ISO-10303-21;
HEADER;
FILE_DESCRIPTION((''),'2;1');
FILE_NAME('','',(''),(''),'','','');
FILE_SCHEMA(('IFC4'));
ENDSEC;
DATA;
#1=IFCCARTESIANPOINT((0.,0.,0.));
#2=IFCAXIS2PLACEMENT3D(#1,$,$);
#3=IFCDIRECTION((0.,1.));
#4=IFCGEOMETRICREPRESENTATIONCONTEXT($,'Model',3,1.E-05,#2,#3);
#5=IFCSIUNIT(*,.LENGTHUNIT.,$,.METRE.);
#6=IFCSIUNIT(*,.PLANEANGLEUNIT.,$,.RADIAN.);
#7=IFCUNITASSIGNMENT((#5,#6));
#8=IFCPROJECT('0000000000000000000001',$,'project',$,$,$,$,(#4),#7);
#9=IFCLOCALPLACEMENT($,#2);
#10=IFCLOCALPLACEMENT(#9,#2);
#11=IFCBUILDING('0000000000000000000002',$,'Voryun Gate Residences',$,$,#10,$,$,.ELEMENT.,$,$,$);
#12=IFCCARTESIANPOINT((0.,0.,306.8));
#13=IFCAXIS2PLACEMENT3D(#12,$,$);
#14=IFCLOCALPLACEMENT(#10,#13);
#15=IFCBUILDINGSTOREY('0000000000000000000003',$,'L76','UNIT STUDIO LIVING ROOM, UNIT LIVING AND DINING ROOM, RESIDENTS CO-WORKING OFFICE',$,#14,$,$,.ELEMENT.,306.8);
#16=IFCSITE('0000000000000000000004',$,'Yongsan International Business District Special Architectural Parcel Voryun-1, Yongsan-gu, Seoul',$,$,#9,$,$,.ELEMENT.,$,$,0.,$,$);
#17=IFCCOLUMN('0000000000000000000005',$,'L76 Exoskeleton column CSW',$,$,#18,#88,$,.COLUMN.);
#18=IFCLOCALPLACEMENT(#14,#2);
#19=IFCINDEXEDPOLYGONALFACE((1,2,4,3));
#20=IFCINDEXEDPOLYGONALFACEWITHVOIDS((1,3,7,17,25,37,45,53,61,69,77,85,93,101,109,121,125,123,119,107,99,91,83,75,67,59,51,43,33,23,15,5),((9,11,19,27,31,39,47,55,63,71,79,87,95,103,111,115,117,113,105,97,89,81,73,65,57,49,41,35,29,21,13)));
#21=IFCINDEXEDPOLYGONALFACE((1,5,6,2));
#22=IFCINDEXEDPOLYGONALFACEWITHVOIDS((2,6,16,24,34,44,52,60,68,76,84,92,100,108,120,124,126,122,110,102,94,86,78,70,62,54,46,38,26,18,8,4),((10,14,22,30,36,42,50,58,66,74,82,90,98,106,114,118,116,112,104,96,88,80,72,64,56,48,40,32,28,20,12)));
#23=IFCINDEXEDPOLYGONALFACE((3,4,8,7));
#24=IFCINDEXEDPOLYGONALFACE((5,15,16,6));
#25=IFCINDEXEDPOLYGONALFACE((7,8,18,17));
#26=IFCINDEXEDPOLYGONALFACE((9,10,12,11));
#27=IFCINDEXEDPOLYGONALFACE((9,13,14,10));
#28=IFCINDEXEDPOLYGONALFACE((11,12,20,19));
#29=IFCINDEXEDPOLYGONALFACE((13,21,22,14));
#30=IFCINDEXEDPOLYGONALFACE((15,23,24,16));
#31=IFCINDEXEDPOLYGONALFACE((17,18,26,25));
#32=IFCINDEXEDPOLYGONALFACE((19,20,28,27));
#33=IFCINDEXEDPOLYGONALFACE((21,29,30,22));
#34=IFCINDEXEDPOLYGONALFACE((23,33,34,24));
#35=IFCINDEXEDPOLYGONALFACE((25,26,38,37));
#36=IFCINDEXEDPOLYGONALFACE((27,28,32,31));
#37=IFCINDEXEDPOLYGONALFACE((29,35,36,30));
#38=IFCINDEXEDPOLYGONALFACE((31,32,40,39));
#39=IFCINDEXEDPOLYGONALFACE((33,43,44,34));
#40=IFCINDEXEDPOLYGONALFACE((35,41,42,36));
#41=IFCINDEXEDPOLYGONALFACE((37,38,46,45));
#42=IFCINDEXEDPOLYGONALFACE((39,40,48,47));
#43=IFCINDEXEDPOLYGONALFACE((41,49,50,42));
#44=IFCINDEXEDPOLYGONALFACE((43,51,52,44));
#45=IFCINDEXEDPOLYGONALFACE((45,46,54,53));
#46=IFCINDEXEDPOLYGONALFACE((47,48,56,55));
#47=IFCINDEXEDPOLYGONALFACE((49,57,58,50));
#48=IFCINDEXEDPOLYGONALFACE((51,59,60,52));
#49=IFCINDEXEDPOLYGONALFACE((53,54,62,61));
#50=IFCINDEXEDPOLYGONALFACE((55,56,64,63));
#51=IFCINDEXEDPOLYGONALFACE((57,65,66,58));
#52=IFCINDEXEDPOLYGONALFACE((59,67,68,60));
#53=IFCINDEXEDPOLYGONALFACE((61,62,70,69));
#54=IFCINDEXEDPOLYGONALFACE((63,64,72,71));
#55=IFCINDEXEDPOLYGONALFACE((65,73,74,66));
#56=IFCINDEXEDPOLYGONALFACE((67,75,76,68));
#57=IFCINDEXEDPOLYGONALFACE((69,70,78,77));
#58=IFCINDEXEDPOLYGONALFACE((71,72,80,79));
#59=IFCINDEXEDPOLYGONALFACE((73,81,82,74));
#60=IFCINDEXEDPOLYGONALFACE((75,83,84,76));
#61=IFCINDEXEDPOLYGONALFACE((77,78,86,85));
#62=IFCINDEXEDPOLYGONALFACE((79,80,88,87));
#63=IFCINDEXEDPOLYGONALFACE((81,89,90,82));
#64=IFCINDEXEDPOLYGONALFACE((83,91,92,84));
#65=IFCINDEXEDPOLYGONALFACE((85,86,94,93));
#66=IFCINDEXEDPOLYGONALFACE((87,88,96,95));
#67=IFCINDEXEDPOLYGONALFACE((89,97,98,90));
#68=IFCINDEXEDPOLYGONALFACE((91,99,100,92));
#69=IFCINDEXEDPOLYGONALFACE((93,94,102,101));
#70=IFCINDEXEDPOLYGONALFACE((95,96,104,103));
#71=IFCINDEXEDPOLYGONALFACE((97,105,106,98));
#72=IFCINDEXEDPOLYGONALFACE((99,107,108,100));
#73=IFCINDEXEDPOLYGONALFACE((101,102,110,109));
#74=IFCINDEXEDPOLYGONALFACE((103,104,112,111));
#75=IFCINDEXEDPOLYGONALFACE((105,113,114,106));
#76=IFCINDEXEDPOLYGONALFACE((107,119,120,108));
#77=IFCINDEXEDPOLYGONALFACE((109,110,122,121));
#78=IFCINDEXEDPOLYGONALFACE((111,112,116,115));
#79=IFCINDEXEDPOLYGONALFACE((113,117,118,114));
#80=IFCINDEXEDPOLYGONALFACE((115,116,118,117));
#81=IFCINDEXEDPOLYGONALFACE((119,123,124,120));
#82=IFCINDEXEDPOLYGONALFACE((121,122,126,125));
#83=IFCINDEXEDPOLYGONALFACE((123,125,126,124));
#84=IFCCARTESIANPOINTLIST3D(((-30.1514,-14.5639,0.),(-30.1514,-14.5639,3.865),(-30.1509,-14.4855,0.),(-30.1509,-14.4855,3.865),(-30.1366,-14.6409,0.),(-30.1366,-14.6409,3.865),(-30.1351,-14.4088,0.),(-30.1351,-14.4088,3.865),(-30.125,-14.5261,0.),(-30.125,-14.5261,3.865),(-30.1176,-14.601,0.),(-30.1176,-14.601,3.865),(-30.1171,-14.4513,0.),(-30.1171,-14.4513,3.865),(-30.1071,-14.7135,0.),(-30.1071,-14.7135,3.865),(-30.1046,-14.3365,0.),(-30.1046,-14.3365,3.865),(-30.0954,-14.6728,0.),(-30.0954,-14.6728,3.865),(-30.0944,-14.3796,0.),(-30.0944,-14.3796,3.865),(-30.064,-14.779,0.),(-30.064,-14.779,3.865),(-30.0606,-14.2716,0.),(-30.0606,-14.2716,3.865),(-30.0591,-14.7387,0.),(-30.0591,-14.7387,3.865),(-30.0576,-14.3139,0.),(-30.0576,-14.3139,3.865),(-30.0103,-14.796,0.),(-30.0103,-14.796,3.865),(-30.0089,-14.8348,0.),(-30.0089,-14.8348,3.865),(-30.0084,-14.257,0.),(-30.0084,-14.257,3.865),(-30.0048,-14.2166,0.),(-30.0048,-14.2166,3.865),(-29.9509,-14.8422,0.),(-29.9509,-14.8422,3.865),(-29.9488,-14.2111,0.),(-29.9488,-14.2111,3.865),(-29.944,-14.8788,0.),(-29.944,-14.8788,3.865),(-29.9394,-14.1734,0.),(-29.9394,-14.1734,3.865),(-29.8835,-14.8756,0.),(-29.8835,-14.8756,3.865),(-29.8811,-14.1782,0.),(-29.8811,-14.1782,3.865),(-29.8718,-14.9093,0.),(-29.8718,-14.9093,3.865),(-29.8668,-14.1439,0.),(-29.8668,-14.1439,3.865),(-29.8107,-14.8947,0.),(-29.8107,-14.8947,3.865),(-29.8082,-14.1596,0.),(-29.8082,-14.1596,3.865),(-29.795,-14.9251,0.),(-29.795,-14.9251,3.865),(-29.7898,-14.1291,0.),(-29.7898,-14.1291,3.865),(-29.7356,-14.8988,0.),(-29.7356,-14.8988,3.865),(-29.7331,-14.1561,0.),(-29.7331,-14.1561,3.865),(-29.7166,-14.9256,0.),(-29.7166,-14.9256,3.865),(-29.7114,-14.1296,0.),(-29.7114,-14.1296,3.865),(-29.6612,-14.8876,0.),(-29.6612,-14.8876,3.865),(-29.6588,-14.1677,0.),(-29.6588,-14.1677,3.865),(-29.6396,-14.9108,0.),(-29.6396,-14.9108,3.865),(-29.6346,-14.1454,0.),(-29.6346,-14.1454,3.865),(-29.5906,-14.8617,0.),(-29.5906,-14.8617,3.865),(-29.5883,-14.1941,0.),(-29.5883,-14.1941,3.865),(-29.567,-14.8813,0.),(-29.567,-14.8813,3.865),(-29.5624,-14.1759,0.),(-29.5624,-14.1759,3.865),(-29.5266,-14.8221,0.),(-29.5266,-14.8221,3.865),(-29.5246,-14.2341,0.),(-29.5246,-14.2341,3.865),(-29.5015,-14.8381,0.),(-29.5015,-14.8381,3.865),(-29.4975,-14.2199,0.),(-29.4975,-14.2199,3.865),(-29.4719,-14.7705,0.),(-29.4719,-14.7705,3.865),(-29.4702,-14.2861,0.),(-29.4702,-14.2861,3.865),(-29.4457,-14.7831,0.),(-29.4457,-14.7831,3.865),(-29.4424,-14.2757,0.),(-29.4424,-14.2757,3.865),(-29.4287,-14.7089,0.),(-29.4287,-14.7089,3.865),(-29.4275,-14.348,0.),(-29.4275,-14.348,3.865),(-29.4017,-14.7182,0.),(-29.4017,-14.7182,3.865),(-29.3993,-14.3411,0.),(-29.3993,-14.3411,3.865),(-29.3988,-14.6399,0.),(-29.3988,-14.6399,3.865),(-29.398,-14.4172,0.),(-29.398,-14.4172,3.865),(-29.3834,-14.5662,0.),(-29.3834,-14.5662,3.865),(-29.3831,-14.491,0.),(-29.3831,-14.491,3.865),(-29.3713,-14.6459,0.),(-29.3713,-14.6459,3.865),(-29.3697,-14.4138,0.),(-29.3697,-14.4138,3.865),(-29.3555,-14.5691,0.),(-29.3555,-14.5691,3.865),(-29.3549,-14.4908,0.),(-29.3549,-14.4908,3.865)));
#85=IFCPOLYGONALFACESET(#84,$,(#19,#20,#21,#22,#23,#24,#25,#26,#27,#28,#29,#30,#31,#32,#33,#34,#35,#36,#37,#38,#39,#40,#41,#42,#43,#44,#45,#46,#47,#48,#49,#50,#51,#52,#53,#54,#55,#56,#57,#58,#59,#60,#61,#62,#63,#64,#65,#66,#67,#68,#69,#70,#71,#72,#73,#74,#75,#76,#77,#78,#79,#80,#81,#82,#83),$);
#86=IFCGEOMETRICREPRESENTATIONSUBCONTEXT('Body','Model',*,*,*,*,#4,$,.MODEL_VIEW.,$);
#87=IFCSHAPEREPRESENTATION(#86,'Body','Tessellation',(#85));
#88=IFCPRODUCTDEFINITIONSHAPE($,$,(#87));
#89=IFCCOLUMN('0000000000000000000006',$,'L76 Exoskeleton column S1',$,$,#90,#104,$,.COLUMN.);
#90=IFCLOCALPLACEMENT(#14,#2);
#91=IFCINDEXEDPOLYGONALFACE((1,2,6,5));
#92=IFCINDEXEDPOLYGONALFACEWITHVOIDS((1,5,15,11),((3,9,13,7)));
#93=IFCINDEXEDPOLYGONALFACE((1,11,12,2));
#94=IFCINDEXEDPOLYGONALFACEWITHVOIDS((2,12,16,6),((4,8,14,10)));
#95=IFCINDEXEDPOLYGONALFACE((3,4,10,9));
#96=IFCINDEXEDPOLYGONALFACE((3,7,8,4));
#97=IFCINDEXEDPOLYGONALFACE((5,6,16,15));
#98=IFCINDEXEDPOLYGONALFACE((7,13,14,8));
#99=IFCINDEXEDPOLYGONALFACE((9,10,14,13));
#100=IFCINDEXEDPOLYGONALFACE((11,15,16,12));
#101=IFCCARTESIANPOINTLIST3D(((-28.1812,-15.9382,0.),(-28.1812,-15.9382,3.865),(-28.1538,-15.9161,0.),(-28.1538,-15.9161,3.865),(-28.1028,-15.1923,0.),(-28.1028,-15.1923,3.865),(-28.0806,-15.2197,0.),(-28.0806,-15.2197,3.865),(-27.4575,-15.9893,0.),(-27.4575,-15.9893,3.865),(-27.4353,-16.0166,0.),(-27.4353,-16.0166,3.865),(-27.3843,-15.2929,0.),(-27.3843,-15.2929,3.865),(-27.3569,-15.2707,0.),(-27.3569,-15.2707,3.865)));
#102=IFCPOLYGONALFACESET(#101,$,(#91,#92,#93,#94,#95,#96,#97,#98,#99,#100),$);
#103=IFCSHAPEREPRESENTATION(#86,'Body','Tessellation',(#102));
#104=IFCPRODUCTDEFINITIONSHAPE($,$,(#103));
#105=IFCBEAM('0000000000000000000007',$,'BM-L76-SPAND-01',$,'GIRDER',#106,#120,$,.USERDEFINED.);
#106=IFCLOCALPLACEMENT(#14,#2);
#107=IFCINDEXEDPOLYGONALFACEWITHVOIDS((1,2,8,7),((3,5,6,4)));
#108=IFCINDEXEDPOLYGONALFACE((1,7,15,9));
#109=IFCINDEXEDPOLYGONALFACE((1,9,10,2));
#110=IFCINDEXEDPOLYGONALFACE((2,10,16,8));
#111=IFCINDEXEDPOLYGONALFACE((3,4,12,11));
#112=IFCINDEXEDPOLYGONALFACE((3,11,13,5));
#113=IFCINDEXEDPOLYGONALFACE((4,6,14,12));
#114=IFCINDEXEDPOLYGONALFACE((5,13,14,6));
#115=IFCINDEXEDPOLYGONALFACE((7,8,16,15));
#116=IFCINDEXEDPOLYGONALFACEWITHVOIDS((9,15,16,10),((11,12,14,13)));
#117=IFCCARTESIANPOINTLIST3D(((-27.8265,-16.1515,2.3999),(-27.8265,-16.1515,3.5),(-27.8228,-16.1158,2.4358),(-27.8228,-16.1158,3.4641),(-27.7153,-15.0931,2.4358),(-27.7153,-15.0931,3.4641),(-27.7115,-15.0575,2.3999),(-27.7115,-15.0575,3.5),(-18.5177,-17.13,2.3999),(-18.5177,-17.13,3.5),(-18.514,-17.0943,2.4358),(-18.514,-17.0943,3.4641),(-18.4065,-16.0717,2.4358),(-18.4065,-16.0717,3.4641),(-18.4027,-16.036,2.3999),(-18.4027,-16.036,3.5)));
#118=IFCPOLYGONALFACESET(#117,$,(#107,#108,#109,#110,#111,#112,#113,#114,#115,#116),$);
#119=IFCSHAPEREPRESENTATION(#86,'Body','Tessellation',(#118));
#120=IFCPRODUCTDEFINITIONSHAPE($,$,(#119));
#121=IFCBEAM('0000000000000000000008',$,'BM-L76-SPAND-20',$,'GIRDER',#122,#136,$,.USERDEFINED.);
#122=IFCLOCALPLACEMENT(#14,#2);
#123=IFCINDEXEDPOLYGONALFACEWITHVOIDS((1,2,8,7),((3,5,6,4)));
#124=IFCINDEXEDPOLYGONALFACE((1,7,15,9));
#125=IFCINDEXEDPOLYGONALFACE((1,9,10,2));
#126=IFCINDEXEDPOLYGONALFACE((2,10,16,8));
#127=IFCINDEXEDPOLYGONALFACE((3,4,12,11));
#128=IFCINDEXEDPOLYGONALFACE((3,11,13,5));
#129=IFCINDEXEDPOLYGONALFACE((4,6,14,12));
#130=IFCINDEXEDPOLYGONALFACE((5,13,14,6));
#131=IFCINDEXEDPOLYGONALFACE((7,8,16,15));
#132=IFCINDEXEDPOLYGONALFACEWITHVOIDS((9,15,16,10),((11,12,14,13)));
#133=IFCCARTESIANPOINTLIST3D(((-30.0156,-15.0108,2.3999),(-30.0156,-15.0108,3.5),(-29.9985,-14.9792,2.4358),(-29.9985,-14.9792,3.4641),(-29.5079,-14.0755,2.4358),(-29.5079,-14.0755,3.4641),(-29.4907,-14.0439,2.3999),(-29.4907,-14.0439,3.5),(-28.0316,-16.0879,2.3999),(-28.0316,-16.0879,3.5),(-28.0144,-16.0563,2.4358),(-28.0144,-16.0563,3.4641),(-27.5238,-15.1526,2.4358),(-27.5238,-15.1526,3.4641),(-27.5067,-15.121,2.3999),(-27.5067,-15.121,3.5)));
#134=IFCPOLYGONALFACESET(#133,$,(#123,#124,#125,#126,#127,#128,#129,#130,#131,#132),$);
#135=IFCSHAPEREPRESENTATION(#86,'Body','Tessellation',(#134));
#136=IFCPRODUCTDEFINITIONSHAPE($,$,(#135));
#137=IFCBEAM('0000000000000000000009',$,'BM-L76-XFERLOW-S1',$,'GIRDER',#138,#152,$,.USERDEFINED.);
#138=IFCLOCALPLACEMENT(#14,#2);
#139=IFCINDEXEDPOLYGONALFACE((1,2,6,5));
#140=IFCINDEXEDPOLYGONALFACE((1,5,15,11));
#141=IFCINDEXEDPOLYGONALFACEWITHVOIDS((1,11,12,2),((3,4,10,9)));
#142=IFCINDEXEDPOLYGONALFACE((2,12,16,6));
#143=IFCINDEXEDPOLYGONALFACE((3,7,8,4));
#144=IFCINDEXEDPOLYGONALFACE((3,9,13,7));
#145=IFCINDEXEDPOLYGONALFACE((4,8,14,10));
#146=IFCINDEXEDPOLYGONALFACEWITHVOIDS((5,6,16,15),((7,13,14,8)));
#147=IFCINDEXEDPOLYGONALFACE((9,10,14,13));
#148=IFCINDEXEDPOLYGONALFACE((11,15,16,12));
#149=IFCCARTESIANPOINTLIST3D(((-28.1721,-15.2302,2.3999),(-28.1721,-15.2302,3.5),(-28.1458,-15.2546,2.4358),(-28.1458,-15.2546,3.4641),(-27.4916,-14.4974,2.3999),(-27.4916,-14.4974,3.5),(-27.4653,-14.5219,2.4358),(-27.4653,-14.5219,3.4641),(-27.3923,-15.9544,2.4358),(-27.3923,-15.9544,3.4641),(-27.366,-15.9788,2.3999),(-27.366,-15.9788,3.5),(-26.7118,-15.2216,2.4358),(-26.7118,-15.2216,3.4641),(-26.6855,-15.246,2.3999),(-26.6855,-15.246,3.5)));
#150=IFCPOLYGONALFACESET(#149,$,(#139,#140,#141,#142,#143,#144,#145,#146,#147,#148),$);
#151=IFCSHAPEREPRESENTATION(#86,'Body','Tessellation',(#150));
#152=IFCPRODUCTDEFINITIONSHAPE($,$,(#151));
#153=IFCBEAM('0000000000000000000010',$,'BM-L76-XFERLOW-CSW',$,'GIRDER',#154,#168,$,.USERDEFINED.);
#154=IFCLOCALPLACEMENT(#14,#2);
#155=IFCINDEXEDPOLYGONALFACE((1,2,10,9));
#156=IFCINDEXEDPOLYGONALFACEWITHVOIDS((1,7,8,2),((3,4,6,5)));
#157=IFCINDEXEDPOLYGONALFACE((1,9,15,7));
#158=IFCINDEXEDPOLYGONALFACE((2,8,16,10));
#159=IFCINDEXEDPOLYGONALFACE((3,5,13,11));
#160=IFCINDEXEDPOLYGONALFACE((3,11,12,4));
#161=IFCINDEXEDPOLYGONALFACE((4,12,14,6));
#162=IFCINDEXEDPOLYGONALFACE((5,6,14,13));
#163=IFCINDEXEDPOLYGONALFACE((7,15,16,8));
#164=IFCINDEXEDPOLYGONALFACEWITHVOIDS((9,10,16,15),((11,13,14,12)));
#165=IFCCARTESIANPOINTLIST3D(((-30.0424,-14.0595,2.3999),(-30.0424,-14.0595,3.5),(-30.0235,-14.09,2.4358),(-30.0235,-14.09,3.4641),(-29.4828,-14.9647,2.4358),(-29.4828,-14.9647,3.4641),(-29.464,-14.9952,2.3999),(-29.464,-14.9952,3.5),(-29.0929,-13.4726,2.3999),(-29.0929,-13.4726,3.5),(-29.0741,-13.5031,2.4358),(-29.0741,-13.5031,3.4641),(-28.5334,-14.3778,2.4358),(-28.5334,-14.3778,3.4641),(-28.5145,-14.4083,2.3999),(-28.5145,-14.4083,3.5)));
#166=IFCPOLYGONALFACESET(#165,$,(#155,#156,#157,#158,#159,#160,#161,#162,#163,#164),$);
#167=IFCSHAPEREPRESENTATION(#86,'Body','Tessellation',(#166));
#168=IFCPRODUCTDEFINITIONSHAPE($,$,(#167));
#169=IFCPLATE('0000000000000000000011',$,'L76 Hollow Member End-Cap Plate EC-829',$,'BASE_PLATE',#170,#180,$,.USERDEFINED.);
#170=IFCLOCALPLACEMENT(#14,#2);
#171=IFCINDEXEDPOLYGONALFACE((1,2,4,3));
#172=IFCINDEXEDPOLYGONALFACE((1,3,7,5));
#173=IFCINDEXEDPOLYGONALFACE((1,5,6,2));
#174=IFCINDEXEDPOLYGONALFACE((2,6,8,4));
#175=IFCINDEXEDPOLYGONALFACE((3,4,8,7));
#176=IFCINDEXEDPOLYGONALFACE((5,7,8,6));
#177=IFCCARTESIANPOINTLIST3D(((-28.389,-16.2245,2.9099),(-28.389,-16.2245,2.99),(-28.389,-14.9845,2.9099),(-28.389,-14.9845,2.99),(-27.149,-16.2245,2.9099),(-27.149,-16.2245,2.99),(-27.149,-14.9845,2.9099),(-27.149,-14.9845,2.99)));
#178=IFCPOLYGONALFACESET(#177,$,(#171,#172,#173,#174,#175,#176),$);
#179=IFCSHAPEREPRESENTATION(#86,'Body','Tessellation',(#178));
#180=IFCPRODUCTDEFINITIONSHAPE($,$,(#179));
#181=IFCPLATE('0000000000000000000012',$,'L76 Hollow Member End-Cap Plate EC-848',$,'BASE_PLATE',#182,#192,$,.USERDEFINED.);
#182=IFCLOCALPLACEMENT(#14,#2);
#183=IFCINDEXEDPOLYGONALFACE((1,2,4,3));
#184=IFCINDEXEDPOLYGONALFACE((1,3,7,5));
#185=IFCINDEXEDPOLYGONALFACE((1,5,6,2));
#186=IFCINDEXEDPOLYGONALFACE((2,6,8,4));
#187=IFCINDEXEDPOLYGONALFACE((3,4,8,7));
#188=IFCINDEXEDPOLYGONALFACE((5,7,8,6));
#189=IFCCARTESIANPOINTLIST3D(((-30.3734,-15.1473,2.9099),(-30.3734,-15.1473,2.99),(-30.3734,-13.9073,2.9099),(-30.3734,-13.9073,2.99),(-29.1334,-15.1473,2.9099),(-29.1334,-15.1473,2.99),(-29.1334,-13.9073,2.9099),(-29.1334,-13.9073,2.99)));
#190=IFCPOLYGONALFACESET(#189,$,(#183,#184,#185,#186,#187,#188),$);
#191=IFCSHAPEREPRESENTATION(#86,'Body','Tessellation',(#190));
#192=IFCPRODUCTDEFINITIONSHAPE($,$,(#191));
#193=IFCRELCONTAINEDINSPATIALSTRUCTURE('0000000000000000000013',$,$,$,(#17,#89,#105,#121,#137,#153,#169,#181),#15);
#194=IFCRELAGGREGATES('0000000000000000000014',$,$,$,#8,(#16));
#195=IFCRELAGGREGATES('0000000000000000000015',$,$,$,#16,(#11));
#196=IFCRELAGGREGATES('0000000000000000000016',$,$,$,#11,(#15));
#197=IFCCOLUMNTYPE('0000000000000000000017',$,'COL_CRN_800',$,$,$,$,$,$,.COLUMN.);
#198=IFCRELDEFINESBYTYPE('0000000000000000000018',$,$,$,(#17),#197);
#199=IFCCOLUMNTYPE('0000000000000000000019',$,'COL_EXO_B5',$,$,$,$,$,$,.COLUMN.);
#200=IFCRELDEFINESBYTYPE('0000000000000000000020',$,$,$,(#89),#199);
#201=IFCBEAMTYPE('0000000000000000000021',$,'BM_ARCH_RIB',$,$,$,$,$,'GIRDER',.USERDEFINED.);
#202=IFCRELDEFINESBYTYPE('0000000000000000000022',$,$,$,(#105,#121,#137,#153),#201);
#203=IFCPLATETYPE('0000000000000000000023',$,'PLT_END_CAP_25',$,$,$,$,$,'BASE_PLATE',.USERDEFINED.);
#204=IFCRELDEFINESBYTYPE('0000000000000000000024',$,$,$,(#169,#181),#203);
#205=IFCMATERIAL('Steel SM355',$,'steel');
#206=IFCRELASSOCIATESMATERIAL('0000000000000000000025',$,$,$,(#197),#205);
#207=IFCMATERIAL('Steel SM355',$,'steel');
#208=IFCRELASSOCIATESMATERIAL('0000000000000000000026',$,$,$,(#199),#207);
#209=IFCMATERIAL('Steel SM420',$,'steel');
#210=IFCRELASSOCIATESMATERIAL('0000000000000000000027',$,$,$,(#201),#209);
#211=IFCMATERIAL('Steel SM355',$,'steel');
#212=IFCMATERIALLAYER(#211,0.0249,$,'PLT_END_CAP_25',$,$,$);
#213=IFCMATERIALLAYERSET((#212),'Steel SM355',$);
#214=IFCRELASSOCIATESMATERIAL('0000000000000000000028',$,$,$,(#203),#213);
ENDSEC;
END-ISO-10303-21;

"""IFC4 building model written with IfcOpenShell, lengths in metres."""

from ifc_helpers import new_model, si_unit, direction, frame, origin, origin_2d, place, context, subcontext, project, spatial, rectangle, hollow_rectangle, hollow_circle, extrude, material, layer, layer_set, material_profile, profile_set, type_object, element, save


model = new_model("IFC4")

# Units and contexts
model_context = context("Model", 3, precision=1e-05, world=origin(), true_north=direction((0.0, 1.0)))
body_context = subcontext(model_context, "Body", "Model", "MODEL_VIEW")
ifc_project = project(units=[si_unit("LENGTHUNIT", "METRE"), si_unit("PLANEANGLEUNIT", "RADIAN")], contexts=[model_context])

# Site, building, storey
site_placement = place(None, origin())
site = spatial("IfcSite", under=ifc_project, at=site_placement, Name="Yongsan International Business District Special Architectural Parcel Voryun-1, Yongsan-gu, Seoul", CompositionType="ELEMENT", RefElevation=0.0)
building_placement = place(site_placement, origin())
building = spatial("IfcBuilding", under=site, at=building_placement, Name="Voryun Gate Residences", CompositionType="ELEMENT")
storey_placement = place(building_placement, frame((0.0, 0.0, 306.8)))
storey = spatial("IfcBuildingStorey", under=building, at=storey_placement, Name="L76", Description="UNIT STUDIO LIVING ROOM, UNIT LIVING AND DINING ROOM, RESIDENTS CO-WORKING OFFICE", CompositionType="ELEMENT", Elevation=306.8)

# Columns
ifc_material_1 = material(Name="Steel SM355", Category="steel")
ifc_material_profile_1 = material_profile(ifc_material_1, hollow_circle(Radius=0.3999, WallThickness=0.0281, at=origin_2d()), Name="CHS-800x28")
ifc_profile_set_1 = profile_set([ifc_material_profile_1], Name="Steel SM355")
column_type_1 = type_object("IfcColumnType", Name="COL_CRN_800", PredefinedType="COLUMN", material=ifc_profile_set_1)
column_1_placement = place(storey_placement, frame((-29.7532, -14.5273, 0.0), z_axis=(0.0, 0.0, 1.0), x_axis=(0.994522, -0.104528, 0.0)))
element("IfcColumn", 1, at=column_1_placement, inside=storey, type_object=column_type_1, Name="L76 Exoskeleton column CSW", PredefinedType="COLUMN", context=body_context, shape_type="SweptSolid", body=[
    extrude(hollow_circle(Radius=0.3999, WallThickness=0.0281, at=origin_2d()), origin(), (0.0, 0.0, 1.0), 3.865),
])
ifc_material_2 = material(Name="Steel SM355", Category="steel")
ifc_material_profile_2 = material_profile(ifc_material_2, hollow_rectangle(XDim=0.75, YDim=0.75, WallThickness=0.0249, at=origin_2d()), Name="BOX-750x750x25")
ifc_profile_set_2 = profile_set([ifc_material_profile_2], Name="Steel SM355")
column_type_2 = type_object("IfcColumnType", Name="COL_EXO_B5", PredefinedType="COLUMN", material=ifc_profile_set_2)
column_2_placement = place(storey_placement, frame((-27.769, -15.6045, 0.0), z_axis=(0.0, 0.0, 1.0), x_axis=(0.994522, -0.104528, 0.0)))
element("IfcColumn", 2, at=column_2_placement, inside=storey, type_object=column_type_2, Name="L76 Exoskeleton column S1", PredefinedType="COLUMN", context=body_context, shape_type="SweptSolid", body=[
    extrude(hollow_rectangle(XDim=0.75, YDim=0.75, WallThickness=0.0249, at=origin_2d()), origin(), (0.0, 0.0, 1.0), 3.865),
])

# Beams
ifc_material_3 = material(Name="Steel SM420", Category="steel")
ifc_material_profile_3 = material_profile(ifc_material_3, hollow_rectangle(XDim=1.1001, YDim=1.1001, WallThickness=0.0359, at=origin_2d()), Name="BOX-1100x1100x36")
ifc_profile_set_3 = profile_set([ifc_material_profile_3], Name="Steel SM420")
beam_type = type_object("IfcBeamType", Name="BM_ARCH_RIB", ElementType="GIRDER", PredefinedType="USERDEFINED", material=ifc_profile_set_3)
beam_1_placement = place(storey_placement, frame((-27.769, -15.6045, 2.95), z_axis=(0.994521, -0.104541, 0.0), x_axis=(0.104541, 0.994521, 0.0)))
element("IfcBeam", 3, at=beam_1_placement, inside=storey, type_object=beam_type, Name="BM-L76-SPAND-01", ObjectType="GIRDER", PredefinedType="USERDEFINED", context=body_context, shape_type="SweptSolid", body=[
    extrude(hollow_rectangle(XDim=1.1001, YDim=1.1001, WallThickness=0.0359, at=origin_2d()), origin(), (0.0, 0.0, 1.0), 9.3601),
])
beam_2_placement = place(storey_placement, frame((-29.7532, -14.5273, 2.95), z_axis=(0.878844, -0.477109, 0.0), x_axis=(0.477109, 0.878844, 0.0)))
element("IfcBeam", 4, at=beam_2_placement, inside=storey, type_object=beam_type, Name="BM-L76-SPAND-20", ObjectType="GIRDER", PredefinedType="USERDEFINED", context=body_context, shape_type="SweptSolid", body=[
    extrude(hollow_rectangle(XDim=1.1001, YDim=1.1001, WallThickness=0.0359, at=origin_2d()), origin(), (0.0, 0.0, 1.0), 2.2576),
])
beam_3_placement = place(storey_placement, frame((-27.769, -15.6045, 2.95), z_axis=(0.680498, 0.73275, 0.0), x_axis=(-0.73275, 0.680498, 0.0)))
element("IfcBeam", 5, at=beam_3_placement, inside=storey, type_object=beam_type, Name="BM-L76-XFERLOW-S1", ObjectType="GIRDER", PredefinedType="USERDEFINED", context=body_context, shape_type="SweptSolid", body=[
    extrude(hollow_rectangle(XDim=1.1001, YDim=1.1001, WallThickness=0.0359, at=origin_2d()), origin(), (0.0, 0.0, 1.0), 1.0),
])
beam_4_placement = place(storey_placement, frame((-29.7532, -14.5273, 2.95), z_axis=(0.850605, 0.525805, 0.0), x_axis=(-0.525805, 0.850605, 0.0)))
element("IfcBeam", 6, at=beam_4_placement, inside=storey, type_object=beam_type, Name="BM-L76-XFERLOW-CSW", ObjectType="GIRDER", PredefinedType="USERDEFINED", context=body_context, shape_type="SweptSolid", body=[
    extrude(hollow_rectangle(XDim=1.1001, YDim=1.1001, WallThickness=0.0359, at=origin_2d()), origin(), (0.0, 0.0, 1.0), 1.1162),
])

# Plates
ifc_material_4 = material(Name="Steel SM355", Category="steel")
ifc_layer_1 = layer(ifc_material_4, 0.0249, Name="PLT_END_CAP_25")
ifc_layer_set_1 = layer_set([ifc_layer_1], Name="Steel SM355")
plate_type = type_object("IfcPlateType", Name="PLT_END_CAP_25", ElementType="BASE_PLATE", PredefinedType="USERDEFINED", material=ifc_layer_set_1)
for number, where, z_axis, x_axis, name in (
    (7, (-27.769, -15.6045, 2.9099), (0.0, 0.0, 1.0), (1.0, 0.0, 0.0), "L76 Hollow Member End-Cap Plate EC-829"),
    (8, (-29.7534, -14.5273, 2.9099), (0.0, 0.0, 1.0), (1.0, 0.0, 0.0), "L76 Hollow Member End-Cap Plate EC-848"),
):
    element("IfcPlate", number, at=place(storey_placement, frame(where, z_axis=z_axis, x_axis=x_axis)), inside=storey, type_object=plate_type, Name=name, ObjectType="BASE_PLATE", PredefinedType="USERDEFINED", context=body_context, shape_type="SweptSolid", body=[
        extrude(rectangle(XDim=1.24, YDim=1.24, at=origin_2d()), origin(), (0.0, 0.0, 1.0), 0.0801),
    ])

save(model, "model.ifc")
